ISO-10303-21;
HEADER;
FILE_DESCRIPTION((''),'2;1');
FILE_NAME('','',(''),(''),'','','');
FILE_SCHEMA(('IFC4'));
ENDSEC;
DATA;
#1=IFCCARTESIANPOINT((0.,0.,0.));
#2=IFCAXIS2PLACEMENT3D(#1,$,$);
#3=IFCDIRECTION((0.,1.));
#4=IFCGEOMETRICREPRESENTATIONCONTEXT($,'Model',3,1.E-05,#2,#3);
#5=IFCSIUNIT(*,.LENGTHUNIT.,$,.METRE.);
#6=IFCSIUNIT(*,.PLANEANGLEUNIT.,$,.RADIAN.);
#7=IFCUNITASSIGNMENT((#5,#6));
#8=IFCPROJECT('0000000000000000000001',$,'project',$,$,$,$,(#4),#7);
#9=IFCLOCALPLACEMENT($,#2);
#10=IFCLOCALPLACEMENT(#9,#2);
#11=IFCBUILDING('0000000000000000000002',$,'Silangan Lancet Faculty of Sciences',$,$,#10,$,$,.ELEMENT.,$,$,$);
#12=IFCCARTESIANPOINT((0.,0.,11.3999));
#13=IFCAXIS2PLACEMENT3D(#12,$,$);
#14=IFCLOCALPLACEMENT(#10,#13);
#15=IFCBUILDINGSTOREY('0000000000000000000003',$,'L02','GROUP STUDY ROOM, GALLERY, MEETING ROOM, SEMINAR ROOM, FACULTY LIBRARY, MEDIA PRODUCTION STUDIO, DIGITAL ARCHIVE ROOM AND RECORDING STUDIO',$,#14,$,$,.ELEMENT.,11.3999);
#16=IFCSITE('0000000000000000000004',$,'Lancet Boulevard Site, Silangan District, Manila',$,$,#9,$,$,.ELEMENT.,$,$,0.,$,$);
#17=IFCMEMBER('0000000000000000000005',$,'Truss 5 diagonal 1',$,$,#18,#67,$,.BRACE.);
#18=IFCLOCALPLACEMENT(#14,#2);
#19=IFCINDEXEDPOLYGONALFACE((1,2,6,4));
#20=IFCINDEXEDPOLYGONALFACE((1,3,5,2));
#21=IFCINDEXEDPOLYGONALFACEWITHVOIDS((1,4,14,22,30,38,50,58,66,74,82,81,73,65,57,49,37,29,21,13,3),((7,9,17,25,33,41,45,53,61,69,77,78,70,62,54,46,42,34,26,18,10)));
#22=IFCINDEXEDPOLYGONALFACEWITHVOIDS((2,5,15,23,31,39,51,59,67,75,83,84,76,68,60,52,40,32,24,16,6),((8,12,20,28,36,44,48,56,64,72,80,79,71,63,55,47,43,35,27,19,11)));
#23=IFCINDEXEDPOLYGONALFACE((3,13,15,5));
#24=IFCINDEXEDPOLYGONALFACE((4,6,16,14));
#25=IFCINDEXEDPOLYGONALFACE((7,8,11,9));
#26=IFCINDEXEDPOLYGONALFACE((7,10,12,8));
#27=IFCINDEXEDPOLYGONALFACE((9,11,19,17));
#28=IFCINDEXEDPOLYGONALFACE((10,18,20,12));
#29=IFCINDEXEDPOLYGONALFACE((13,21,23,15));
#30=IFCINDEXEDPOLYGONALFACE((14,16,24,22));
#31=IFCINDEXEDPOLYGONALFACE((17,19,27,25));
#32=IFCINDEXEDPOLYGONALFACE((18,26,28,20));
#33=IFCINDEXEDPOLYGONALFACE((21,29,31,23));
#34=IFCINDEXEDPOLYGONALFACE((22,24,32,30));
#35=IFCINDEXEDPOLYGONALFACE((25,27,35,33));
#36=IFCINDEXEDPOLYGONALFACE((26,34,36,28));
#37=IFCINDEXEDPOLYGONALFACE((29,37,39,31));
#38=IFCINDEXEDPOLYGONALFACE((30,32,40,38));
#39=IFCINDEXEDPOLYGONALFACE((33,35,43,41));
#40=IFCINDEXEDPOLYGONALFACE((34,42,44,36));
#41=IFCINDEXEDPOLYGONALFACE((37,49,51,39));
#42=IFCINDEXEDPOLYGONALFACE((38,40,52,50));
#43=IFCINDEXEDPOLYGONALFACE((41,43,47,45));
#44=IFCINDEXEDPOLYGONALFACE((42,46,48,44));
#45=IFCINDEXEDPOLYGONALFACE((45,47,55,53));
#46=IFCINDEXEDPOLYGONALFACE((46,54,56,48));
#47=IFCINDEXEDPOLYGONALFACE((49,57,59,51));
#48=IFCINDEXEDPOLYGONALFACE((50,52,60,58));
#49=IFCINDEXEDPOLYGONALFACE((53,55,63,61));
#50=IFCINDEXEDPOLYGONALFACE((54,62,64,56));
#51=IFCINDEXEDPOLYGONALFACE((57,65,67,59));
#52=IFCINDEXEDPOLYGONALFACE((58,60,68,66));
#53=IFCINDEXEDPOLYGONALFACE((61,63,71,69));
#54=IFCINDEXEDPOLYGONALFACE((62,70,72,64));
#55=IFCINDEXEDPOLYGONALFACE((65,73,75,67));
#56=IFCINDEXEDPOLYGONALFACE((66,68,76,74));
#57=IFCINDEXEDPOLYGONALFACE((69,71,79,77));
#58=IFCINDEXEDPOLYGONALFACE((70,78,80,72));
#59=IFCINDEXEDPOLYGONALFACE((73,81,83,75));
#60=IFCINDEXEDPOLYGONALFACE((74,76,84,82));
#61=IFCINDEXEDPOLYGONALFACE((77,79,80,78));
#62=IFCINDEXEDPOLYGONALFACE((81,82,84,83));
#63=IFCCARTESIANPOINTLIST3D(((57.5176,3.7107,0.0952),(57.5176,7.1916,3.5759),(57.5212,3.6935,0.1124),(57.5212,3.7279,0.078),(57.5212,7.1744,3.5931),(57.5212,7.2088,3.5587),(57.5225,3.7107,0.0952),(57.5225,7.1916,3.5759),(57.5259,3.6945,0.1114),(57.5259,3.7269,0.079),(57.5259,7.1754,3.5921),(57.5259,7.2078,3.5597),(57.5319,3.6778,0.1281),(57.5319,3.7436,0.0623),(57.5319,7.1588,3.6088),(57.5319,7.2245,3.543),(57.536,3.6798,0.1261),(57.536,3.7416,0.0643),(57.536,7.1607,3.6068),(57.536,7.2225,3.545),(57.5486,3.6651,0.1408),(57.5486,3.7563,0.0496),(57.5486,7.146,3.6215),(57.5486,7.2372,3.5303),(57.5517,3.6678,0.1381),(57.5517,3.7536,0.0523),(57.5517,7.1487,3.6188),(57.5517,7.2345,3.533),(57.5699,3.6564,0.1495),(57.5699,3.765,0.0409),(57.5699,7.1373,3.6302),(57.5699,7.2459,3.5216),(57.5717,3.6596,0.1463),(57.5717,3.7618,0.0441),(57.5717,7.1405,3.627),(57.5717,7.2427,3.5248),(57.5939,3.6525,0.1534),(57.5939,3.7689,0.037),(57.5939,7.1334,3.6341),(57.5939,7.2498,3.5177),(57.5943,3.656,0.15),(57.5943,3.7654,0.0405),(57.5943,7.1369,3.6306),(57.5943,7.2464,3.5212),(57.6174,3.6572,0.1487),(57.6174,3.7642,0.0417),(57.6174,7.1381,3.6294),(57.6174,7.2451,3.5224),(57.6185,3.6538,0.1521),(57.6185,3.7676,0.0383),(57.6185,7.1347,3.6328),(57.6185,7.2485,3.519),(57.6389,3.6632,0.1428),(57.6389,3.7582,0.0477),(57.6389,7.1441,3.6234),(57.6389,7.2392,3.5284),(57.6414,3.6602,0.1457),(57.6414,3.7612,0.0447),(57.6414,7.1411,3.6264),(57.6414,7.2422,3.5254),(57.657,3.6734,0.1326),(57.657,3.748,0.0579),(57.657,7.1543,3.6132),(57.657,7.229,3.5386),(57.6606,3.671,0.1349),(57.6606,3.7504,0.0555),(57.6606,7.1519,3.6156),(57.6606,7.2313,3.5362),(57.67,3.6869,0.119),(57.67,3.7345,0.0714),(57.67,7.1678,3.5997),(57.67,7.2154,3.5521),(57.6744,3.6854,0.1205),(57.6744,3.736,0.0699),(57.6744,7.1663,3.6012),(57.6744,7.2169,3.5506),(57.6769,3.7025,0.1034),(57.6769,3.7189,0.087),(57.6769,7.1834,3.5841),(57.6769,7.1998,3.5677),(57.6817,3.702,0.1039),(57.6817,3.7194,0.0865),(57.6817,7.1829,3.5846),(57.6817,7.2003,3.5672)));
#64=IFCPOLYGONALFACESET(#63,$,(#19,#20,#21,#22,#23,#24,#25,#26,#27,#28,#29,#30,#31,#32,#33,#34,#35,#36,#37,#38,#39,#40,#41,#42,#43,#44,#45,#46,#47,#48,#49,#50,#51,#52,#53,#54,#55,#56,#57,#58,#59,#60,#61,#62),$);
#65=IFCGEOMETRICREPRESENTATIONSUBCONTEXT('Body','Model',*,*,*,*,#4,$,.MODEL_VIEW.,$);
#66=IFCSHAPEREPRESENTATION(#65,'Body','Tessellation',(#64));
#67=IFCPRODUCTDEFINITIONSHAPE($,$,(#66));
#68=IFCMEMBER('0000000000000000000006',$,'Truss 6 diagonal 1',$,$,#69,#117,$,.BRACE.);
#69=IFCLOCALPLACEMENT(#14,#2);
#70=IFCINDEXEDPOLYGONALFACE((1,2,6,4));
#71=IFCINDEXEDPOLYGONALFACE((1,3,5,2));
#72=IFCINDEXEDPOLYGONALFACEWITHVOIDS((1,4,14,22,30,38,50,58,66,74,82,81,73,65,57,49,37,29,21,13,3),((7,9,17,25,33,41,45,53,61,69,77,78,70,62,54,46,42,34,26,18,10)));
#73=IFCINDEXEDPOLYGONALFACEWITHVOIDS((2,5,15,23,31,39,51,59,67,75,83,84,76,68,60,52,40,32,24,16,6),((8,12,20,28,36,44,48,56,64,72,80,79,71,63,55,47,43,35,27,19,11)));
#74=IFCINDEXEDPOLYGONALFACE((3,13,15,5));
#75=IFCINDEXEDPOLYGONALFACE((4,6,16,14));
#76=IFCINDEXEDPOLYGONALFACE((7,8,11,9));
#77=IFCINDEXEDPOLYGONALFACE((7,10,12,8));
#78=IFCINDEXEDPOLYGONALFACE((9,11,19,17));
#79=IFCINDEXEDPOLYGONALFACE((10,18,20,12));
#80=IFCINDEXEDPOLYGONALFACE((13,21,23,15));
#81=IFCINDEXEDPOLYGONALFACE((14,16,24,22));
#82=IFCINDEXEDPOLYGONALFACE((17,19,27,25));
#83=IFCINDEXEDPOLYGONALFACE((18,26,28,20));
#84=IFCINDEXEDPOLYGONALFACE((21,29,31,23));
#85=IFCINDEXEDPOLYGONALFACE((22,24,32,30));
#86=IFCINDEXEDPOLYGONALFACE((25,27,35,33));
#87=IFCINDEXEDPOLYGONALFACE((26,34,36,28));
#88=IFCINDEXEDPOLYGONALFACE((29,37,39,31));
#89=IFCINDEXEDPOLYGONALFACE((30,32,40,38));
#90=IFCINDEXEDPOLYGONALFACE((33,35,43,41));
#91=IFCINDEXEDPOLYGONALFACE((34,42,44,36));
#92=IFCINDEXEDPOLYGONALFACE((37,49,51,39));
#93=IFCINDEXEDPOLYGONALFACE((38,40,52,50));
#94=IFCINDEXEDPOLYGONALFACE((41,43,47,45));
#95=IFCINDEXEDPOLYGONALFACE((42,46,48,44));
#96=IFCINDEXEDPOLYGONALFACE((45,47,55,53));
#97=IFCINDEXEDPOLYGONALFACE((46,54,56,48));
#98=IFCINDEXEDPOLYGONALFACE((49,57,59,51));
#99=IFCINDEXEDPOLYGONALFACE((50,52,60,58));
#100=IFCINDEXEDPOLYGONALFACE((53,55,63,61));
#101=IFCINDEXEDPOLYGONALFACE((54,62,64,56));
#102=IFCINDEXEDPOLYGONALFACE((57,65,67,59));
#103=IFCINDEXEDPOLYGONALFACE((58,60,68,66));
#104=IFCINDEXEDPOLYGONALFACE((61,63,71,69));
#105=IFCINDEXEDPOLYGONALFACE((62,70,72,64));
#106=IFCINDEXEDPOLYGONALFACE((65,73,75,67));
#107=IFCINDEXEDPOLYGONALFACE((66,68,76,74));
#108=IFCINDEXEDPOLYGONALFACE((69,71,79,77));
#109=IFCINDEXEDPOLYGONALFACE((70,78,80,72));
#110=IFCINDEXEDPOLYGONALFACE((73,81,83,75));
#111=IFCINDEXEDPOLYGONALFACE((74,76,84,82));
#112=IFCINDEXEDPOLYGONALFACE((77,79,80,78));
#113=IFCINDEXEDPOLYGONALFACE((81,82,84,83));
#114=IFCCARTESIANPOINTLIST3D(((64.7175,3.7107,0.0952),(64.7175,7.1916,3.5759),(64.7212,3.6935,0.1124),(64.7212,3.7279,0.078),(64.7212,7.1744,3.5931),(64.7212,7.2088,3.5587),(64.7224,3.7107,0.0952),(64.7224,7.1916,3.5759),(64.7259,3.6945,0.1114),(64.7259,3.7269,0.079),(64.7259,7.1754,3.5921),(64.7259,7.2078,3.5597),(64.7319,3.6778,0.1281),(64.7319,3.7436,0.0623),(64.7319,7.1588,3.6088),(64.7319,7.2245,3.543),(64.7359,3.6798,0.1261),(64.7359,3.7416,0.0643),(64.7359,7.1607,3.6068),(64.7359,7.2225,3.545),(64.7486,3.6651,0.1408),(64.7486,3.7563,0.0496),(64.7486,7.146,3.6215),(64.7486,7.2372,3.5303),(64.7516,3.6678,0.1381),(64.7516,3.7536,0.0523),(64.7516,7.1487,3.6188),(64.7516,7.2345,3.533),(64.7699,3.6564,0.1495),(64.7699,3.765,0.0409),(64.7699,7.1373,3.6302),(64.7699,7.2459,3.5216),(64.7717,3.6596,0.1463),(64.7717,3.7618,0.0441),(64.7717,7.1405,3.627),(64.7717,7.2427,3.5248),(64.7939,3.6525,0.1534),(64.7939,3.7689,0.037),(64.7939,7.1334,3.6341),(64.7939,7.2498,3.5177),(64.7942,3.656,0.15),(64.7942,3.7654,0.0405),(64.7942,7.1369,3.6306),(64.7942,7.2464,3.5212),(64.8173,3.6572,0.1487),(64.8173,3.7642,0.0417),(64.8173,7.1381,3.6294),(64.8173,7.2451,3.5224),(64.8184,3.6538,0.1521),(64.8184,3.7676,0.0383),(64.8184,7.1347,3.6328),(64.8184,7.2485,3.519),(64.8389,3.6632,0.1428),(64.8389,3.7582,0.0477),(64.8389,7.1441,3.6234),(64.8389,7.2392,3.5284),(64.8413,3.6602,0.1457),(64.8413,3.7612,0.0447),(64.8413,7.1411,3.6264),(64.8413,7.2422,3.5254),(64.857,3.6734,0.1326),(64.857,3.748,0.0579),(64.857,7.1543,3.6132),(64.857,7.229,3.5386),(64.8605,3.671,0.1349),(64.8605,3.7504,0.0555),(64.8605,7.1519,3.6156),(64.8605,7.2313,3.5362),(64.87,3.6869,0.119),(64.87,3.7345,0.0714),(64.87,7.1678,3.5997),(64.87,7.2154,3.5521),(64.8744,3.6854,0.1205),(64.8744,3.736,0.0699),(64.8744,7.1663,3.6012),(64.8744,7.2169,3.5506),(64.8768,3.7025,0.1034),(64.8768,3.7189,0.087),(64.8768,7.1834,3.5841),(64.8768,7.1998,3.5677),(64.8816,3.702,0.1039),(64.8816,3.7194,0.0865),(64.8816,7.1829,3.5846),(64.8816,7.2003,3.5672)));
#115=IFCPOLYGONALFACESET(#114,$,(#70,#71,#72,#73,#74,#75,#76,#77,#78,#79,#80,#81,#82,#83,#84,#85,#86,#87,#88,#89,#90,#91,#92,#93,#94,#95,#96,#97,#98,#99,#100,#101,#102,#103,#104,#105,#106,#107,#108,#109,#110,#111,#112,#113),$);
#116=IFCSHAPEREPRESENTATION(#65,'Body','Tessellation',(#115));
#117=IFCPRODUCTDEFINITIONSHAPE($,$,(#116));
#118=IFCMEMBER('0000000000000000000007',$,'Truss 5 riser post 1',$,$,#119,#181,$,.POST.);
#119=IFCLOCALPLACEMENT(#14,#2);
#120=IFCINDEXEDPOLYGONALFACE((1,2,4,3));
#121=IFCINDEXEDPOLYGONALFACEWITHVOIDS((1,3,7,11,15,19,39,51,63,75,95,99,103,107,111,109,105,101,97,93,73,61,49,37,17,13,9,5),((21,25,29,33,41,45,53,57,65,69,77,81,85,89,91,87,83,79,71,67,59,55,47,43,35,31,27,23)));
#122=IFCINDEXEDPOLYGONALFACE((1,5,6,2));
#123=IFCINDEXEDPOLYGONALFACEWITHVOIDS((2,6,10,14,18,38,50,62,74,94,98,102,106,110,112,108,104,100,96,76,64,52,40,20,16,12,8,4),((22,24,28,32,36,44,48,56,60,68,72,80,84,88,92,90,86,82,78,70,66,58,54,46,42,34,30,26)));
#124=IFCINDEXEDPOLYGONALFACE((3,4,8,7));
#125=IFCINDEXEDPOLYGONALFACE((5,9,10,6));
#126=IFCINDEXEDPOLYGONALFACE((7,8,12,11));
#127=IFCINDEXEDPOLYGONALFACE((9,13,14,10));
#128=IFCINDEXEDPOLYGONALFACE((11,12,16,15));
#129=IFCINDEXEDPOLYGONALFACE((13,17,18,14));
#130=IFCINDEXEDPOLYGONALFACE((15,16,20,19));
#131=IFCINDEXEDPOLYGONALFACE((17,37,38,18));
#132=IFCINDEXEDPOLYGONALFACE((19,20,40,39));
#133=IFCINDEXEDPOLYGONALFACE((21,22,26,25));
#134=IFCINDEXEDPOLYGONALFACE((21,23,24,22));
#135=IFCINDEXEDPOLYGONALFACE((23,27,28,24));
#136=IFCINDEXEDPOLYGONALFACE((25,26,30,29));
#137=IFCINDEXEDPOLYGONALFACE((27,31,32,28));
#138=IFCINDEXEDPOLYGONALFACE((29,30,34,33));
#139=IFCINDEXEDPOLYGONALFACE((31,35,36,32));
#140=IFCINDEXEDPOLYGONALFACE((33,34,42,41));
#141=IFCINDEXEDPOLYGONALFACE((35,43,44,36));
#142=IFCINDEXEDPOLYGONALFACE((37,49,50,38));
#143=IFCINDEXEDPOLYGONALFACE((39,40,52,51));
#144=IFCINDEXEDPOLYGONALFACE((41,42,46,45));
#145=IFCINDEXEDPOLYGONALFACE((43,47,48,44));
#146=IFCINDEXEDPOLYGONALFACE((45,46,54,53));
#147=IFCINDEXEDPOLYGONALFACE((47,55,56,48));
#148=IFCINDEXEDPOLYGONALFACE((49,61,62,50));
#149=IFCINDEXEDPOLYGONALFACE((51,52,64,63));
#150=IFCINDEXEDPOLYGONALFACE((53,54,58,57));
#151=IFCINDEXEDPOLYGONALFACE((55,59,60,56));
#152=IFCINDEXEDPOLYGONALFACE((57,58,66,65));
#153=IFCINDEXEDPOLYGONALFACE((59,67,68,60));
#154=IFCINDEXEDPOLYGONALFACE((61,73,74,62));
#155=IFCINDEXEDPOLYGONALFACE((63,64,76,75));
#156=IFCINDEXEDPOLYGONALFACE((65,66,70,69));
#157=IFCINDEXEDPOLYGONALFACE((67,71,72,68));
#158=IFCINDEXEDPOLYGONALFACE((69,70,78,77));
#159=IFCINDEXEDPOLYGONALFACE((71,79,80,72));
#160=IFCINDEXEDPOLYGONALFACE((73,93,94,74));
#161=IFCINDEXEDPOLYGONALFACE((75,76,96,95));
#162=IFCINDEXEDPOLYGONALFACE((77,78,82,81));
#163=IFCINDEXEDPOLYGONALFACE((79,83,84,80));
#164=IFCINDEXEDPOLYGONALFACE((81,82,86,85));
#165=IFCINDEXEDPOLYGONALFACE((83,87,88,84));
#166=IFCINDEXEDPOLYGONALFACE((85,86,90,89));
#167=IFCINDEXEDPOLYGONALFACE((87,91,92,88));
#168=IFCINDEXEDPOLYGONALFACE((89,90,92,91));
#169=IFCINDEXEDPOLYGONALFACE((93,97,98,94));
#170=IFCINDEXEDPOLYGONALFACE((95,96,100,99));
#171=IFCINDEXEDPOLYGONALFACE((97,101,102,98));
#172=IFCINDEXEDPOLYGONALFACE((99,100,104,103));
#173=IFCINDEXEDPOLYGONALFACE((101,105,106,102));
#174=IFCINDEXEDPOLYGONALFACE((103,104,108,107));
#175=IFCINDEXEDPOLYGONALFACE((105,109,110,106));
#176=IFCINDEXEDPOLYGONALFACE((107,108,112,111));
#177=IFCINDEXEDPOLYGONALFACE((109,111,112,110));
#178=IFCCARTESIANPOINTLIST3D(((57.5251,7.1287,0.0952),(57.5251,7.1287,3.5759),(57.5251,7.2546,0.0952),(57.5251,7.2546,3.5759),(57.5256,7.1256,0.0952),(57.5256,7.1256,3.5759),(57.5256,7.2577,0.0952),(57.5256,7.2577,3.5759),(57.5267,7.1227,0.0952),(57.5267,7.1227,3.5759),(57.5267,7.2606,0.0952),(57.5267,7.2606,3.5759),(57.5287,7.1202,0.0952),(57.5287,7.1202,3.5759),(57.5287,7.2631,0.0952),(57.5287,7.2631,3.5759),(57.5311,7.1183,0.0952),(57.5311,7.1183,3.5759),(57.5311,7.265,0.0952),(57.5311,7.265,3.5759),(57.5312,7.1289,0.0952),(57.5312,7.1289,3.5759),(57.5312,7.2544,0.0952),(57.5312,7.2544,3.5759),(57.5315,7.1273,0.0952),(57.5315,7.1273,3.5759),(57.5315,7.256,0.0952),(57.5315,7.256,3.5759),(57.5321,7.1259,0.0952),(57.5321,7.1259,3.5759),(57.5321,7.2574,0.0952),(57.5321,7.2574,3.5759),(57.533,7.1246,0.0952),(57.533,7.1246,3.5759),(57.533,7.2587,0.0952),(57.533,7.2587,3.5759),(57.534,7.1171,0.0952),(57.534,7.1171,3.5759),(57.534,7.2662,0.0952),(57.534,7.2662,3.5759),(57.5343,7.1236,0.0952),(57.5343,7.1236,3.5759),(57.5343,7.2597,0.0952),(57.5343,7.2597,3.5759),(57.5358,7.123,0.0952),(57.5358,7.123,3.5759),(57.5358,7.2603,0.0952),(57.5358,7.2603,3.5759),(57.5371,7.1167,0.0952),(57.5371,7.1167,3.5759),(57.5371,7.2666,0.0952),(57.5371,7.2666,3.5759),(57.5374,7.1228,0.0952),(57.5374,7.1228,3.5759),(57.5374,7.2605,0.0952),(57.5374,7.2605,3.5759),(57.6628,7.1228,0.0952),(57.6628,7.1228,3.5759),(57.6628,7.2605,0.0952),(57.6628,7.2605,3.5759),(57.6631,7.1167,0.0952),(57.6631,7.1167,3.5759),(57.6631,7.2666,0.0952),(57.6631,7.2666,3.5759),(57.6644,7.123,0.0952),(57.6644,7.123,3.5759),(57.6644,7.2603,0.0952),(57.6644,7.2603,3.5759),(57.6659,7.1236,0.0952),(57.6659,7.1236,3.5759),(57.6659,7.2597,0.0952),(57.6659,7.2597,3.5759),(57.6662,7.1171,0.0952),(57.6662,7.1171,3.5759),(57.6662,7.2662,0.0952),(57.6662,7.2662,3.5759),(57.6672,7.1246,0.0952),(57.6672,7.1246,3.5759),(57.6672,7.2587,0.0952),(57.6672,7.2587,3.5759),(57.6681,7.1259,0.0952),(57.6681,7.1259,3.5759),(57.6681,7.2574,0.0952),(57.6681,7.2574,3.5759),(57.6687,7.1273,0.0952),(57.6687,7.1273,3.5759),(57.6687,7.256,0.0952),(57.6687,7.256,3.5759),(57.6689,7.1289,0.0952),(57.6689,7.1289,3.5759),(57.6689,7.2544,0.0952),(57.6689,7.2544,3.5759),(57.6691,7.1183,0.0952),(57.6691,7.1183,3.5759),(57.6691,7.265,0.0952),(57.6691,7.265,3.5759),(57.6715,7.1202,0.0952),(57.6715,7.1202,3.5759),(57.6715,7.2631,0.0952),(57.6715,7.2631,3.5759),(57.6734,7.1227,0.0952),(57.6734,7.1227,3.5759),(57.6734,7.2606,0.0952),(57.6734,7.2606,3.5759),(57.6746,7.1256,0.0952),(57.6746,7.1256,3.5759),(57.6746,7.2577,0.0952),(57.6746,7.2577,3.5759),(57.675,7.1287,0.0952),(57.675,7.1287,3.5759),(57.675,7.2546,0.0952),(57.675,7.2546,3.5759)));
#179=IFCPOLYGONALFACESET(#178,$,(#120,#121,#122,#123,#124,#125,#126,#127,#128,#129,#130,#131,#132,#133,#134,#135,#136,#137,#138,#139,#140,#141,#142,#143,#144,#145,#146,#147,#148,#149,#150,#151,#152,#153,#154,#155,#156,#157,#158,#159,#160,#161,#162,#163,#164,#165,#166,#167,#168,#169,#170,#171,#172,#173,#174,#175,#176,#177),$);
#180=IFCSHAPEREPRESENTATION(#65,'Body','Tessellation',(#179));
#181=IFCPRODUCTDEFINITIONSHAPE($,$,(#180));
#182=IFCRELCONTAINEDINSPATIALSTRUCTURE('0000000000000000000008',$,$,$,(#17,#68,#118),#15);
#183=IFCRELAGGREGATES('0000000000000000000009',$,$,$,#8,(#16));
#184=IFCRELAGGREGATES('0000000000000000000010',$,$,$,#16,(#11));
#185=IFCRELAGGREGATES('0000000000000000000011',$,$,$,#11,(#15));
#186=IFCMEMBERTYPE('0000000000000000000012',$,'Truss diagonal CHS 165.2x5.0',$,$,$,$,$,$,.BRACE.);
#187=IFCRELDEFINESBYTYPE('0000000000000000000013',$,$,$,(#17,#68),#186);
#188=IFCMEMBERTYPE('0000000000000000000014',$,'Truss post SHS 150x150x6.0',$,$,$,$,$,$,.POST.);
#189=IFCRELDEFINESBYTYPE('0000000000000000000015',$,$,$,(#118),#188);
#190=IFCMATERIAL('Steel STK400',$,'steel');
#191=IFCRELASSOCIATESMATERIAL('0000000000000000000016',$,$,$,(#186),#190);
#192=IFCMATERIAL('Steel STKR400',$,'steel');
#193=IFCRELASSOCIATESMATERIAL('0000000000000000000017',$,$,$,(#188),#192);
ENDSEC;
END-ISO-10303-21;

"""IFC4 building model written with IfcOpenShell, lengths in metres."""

from ifc_helpers import new_model, si_unit, direction, frame, origin, origin_2d, place, context, subcontext, project, spatial, hollow_rectangle, hollow_circle, extrude, material, material_profile, profile_set, type_object, element, save


model = new_model("IFC4")

# Units and contexts
model_context = context("Model", 3, precision=1e-05, world=origin(), true_north=direction((0.0, 1.0)))
body_context = subcontext(model_context, "Body", "Model", "MODEL_VIEW")
ifc_project = project(units=[si_unit("LENGTHUNIT", "METRE"), si_unit("PLANEANGLEUNIT", "RADIAN")], contexts=[model_context])

# Site, building, storey
site_placement = place(None, origin())
site = spatial("IfcSite", under=ifc_project, at=site_placement, Name="Lancet Boulevard Site, Silangan District, Manila", CompositionType="ELEMENT", RefElevation=0.0)
building_placement = place(site_placement, origin())
building = spatial("IfcBuilding", under=site, at=building_placement, Name="Silangan Lancet Faculty of Sciences", CompositionType="ELEMENT")
storey_placement = place(building_placement, frame((0.0, 0.0, 11.3999)))
storey = spatial("IfcBuildingStorey", under=building, at=storey_placement, Name="L02", Description="GROUP STUDY ROOM, GALLERY, MEETING ROOM, SEMINAR ROOM, FACULTY LIBRARY, MEDIA PRODUCTION STUDIO, DIGITAL ARCHIVE ROOM AND RECORDING STUDIO", CompositionType="ELEMENT", Elevation=11.3999)

# Members
ifc_material_1 = material(Name="Steel STK400", Category="steel")
ifc_material_profile_1 = material_profile(ifc_material_1, hollow_circle(Radius=0.0825, WallThickness=0.0049, at=origin_2d()), Name="CHS 165.2x5.0")
ifc_profile_set_1 = profile_set([ifc_material_profile_1], Name="Steel STK400")
member_type_1 = type_object("IfcMemberType", Name="Truss diagonal CHS 165.2x5.0", PredefinedType="BRACE", material=ifc_profile_set_1)
for number, where, z_axis, x_axis, name in (
    (1, (57.6001, 3.7107, 0.0952), (0.0, 0.707132, 0.707082), (-1.0, 0.0, 0.0), "Truss 5 diagonal 1"),
    (2, (64.8, 3.7107, 0.0952), (0.0, 0.707132, 0.707082), (-1.0, 0.0, 0.0), "Truss 6 diagonal 1"),
):
    element("IfcMember", number, at=place(storey_placement, frame(where, z_axis=z_axis, x_axis=x_axis)), inside=storey, type_object=member_type_1, Name=name, PredefinedType="BRACE", context=body_context, shape_type="SweptSolid", body=[
        extrude(hollow_circle(Radius=0.0825, WallThickness=0.0049, at=origin_2d()), origin(), (0.0, 0.0, 1.0), 4.9226),
    ])
ifc_material_2 = material(Name="Steel STKR400", Category="steel")
ifc_material_profile_2 = material_profile(ifc_material_2, hollow_rectangle(XDim=0.1499, YDim=0.1499, WallThickness=0.0061, InnerFilletRadius=0.0061, OuterFilletRadius=0.012, at=origin_2d()), Name="SHS 150x150x6.0")
ifc_profile_set_2 = profile_set([ifc_material_profile_2], Name="Steel STKR400")
member_type_2 = type_object("IfcMemberType", Name="Truss post SHS 150x150x6.0", PredefinedType="POST", material=ifc_profile_set_2)
member_1_placement = place(storey_placement, frame((57.6001, 7.1917, 0.0952), z_axis=(0.0, 0.0, 1.0), x_axis=(1.0, 0.0, 0.0)))
element("IfcMember", 3, at=member_1_placement, inside=storey, type_object=member_type_2, Name="Truss 5 riser post 1", PredefinedType="POST", context=body_context, shape_type="SweptSolid", body=[
    extrude(hollow_rectangle(XDim=0.1499, YDim=0.1499, WallThickness=0.0061, InnerFilletRadius=0.0061, OuterFilletRadius=0.012, at=origin_2d()), origin(), (0.0, 0.0, 1.0), 3.4807),
])

save(model, "model.ifc")
